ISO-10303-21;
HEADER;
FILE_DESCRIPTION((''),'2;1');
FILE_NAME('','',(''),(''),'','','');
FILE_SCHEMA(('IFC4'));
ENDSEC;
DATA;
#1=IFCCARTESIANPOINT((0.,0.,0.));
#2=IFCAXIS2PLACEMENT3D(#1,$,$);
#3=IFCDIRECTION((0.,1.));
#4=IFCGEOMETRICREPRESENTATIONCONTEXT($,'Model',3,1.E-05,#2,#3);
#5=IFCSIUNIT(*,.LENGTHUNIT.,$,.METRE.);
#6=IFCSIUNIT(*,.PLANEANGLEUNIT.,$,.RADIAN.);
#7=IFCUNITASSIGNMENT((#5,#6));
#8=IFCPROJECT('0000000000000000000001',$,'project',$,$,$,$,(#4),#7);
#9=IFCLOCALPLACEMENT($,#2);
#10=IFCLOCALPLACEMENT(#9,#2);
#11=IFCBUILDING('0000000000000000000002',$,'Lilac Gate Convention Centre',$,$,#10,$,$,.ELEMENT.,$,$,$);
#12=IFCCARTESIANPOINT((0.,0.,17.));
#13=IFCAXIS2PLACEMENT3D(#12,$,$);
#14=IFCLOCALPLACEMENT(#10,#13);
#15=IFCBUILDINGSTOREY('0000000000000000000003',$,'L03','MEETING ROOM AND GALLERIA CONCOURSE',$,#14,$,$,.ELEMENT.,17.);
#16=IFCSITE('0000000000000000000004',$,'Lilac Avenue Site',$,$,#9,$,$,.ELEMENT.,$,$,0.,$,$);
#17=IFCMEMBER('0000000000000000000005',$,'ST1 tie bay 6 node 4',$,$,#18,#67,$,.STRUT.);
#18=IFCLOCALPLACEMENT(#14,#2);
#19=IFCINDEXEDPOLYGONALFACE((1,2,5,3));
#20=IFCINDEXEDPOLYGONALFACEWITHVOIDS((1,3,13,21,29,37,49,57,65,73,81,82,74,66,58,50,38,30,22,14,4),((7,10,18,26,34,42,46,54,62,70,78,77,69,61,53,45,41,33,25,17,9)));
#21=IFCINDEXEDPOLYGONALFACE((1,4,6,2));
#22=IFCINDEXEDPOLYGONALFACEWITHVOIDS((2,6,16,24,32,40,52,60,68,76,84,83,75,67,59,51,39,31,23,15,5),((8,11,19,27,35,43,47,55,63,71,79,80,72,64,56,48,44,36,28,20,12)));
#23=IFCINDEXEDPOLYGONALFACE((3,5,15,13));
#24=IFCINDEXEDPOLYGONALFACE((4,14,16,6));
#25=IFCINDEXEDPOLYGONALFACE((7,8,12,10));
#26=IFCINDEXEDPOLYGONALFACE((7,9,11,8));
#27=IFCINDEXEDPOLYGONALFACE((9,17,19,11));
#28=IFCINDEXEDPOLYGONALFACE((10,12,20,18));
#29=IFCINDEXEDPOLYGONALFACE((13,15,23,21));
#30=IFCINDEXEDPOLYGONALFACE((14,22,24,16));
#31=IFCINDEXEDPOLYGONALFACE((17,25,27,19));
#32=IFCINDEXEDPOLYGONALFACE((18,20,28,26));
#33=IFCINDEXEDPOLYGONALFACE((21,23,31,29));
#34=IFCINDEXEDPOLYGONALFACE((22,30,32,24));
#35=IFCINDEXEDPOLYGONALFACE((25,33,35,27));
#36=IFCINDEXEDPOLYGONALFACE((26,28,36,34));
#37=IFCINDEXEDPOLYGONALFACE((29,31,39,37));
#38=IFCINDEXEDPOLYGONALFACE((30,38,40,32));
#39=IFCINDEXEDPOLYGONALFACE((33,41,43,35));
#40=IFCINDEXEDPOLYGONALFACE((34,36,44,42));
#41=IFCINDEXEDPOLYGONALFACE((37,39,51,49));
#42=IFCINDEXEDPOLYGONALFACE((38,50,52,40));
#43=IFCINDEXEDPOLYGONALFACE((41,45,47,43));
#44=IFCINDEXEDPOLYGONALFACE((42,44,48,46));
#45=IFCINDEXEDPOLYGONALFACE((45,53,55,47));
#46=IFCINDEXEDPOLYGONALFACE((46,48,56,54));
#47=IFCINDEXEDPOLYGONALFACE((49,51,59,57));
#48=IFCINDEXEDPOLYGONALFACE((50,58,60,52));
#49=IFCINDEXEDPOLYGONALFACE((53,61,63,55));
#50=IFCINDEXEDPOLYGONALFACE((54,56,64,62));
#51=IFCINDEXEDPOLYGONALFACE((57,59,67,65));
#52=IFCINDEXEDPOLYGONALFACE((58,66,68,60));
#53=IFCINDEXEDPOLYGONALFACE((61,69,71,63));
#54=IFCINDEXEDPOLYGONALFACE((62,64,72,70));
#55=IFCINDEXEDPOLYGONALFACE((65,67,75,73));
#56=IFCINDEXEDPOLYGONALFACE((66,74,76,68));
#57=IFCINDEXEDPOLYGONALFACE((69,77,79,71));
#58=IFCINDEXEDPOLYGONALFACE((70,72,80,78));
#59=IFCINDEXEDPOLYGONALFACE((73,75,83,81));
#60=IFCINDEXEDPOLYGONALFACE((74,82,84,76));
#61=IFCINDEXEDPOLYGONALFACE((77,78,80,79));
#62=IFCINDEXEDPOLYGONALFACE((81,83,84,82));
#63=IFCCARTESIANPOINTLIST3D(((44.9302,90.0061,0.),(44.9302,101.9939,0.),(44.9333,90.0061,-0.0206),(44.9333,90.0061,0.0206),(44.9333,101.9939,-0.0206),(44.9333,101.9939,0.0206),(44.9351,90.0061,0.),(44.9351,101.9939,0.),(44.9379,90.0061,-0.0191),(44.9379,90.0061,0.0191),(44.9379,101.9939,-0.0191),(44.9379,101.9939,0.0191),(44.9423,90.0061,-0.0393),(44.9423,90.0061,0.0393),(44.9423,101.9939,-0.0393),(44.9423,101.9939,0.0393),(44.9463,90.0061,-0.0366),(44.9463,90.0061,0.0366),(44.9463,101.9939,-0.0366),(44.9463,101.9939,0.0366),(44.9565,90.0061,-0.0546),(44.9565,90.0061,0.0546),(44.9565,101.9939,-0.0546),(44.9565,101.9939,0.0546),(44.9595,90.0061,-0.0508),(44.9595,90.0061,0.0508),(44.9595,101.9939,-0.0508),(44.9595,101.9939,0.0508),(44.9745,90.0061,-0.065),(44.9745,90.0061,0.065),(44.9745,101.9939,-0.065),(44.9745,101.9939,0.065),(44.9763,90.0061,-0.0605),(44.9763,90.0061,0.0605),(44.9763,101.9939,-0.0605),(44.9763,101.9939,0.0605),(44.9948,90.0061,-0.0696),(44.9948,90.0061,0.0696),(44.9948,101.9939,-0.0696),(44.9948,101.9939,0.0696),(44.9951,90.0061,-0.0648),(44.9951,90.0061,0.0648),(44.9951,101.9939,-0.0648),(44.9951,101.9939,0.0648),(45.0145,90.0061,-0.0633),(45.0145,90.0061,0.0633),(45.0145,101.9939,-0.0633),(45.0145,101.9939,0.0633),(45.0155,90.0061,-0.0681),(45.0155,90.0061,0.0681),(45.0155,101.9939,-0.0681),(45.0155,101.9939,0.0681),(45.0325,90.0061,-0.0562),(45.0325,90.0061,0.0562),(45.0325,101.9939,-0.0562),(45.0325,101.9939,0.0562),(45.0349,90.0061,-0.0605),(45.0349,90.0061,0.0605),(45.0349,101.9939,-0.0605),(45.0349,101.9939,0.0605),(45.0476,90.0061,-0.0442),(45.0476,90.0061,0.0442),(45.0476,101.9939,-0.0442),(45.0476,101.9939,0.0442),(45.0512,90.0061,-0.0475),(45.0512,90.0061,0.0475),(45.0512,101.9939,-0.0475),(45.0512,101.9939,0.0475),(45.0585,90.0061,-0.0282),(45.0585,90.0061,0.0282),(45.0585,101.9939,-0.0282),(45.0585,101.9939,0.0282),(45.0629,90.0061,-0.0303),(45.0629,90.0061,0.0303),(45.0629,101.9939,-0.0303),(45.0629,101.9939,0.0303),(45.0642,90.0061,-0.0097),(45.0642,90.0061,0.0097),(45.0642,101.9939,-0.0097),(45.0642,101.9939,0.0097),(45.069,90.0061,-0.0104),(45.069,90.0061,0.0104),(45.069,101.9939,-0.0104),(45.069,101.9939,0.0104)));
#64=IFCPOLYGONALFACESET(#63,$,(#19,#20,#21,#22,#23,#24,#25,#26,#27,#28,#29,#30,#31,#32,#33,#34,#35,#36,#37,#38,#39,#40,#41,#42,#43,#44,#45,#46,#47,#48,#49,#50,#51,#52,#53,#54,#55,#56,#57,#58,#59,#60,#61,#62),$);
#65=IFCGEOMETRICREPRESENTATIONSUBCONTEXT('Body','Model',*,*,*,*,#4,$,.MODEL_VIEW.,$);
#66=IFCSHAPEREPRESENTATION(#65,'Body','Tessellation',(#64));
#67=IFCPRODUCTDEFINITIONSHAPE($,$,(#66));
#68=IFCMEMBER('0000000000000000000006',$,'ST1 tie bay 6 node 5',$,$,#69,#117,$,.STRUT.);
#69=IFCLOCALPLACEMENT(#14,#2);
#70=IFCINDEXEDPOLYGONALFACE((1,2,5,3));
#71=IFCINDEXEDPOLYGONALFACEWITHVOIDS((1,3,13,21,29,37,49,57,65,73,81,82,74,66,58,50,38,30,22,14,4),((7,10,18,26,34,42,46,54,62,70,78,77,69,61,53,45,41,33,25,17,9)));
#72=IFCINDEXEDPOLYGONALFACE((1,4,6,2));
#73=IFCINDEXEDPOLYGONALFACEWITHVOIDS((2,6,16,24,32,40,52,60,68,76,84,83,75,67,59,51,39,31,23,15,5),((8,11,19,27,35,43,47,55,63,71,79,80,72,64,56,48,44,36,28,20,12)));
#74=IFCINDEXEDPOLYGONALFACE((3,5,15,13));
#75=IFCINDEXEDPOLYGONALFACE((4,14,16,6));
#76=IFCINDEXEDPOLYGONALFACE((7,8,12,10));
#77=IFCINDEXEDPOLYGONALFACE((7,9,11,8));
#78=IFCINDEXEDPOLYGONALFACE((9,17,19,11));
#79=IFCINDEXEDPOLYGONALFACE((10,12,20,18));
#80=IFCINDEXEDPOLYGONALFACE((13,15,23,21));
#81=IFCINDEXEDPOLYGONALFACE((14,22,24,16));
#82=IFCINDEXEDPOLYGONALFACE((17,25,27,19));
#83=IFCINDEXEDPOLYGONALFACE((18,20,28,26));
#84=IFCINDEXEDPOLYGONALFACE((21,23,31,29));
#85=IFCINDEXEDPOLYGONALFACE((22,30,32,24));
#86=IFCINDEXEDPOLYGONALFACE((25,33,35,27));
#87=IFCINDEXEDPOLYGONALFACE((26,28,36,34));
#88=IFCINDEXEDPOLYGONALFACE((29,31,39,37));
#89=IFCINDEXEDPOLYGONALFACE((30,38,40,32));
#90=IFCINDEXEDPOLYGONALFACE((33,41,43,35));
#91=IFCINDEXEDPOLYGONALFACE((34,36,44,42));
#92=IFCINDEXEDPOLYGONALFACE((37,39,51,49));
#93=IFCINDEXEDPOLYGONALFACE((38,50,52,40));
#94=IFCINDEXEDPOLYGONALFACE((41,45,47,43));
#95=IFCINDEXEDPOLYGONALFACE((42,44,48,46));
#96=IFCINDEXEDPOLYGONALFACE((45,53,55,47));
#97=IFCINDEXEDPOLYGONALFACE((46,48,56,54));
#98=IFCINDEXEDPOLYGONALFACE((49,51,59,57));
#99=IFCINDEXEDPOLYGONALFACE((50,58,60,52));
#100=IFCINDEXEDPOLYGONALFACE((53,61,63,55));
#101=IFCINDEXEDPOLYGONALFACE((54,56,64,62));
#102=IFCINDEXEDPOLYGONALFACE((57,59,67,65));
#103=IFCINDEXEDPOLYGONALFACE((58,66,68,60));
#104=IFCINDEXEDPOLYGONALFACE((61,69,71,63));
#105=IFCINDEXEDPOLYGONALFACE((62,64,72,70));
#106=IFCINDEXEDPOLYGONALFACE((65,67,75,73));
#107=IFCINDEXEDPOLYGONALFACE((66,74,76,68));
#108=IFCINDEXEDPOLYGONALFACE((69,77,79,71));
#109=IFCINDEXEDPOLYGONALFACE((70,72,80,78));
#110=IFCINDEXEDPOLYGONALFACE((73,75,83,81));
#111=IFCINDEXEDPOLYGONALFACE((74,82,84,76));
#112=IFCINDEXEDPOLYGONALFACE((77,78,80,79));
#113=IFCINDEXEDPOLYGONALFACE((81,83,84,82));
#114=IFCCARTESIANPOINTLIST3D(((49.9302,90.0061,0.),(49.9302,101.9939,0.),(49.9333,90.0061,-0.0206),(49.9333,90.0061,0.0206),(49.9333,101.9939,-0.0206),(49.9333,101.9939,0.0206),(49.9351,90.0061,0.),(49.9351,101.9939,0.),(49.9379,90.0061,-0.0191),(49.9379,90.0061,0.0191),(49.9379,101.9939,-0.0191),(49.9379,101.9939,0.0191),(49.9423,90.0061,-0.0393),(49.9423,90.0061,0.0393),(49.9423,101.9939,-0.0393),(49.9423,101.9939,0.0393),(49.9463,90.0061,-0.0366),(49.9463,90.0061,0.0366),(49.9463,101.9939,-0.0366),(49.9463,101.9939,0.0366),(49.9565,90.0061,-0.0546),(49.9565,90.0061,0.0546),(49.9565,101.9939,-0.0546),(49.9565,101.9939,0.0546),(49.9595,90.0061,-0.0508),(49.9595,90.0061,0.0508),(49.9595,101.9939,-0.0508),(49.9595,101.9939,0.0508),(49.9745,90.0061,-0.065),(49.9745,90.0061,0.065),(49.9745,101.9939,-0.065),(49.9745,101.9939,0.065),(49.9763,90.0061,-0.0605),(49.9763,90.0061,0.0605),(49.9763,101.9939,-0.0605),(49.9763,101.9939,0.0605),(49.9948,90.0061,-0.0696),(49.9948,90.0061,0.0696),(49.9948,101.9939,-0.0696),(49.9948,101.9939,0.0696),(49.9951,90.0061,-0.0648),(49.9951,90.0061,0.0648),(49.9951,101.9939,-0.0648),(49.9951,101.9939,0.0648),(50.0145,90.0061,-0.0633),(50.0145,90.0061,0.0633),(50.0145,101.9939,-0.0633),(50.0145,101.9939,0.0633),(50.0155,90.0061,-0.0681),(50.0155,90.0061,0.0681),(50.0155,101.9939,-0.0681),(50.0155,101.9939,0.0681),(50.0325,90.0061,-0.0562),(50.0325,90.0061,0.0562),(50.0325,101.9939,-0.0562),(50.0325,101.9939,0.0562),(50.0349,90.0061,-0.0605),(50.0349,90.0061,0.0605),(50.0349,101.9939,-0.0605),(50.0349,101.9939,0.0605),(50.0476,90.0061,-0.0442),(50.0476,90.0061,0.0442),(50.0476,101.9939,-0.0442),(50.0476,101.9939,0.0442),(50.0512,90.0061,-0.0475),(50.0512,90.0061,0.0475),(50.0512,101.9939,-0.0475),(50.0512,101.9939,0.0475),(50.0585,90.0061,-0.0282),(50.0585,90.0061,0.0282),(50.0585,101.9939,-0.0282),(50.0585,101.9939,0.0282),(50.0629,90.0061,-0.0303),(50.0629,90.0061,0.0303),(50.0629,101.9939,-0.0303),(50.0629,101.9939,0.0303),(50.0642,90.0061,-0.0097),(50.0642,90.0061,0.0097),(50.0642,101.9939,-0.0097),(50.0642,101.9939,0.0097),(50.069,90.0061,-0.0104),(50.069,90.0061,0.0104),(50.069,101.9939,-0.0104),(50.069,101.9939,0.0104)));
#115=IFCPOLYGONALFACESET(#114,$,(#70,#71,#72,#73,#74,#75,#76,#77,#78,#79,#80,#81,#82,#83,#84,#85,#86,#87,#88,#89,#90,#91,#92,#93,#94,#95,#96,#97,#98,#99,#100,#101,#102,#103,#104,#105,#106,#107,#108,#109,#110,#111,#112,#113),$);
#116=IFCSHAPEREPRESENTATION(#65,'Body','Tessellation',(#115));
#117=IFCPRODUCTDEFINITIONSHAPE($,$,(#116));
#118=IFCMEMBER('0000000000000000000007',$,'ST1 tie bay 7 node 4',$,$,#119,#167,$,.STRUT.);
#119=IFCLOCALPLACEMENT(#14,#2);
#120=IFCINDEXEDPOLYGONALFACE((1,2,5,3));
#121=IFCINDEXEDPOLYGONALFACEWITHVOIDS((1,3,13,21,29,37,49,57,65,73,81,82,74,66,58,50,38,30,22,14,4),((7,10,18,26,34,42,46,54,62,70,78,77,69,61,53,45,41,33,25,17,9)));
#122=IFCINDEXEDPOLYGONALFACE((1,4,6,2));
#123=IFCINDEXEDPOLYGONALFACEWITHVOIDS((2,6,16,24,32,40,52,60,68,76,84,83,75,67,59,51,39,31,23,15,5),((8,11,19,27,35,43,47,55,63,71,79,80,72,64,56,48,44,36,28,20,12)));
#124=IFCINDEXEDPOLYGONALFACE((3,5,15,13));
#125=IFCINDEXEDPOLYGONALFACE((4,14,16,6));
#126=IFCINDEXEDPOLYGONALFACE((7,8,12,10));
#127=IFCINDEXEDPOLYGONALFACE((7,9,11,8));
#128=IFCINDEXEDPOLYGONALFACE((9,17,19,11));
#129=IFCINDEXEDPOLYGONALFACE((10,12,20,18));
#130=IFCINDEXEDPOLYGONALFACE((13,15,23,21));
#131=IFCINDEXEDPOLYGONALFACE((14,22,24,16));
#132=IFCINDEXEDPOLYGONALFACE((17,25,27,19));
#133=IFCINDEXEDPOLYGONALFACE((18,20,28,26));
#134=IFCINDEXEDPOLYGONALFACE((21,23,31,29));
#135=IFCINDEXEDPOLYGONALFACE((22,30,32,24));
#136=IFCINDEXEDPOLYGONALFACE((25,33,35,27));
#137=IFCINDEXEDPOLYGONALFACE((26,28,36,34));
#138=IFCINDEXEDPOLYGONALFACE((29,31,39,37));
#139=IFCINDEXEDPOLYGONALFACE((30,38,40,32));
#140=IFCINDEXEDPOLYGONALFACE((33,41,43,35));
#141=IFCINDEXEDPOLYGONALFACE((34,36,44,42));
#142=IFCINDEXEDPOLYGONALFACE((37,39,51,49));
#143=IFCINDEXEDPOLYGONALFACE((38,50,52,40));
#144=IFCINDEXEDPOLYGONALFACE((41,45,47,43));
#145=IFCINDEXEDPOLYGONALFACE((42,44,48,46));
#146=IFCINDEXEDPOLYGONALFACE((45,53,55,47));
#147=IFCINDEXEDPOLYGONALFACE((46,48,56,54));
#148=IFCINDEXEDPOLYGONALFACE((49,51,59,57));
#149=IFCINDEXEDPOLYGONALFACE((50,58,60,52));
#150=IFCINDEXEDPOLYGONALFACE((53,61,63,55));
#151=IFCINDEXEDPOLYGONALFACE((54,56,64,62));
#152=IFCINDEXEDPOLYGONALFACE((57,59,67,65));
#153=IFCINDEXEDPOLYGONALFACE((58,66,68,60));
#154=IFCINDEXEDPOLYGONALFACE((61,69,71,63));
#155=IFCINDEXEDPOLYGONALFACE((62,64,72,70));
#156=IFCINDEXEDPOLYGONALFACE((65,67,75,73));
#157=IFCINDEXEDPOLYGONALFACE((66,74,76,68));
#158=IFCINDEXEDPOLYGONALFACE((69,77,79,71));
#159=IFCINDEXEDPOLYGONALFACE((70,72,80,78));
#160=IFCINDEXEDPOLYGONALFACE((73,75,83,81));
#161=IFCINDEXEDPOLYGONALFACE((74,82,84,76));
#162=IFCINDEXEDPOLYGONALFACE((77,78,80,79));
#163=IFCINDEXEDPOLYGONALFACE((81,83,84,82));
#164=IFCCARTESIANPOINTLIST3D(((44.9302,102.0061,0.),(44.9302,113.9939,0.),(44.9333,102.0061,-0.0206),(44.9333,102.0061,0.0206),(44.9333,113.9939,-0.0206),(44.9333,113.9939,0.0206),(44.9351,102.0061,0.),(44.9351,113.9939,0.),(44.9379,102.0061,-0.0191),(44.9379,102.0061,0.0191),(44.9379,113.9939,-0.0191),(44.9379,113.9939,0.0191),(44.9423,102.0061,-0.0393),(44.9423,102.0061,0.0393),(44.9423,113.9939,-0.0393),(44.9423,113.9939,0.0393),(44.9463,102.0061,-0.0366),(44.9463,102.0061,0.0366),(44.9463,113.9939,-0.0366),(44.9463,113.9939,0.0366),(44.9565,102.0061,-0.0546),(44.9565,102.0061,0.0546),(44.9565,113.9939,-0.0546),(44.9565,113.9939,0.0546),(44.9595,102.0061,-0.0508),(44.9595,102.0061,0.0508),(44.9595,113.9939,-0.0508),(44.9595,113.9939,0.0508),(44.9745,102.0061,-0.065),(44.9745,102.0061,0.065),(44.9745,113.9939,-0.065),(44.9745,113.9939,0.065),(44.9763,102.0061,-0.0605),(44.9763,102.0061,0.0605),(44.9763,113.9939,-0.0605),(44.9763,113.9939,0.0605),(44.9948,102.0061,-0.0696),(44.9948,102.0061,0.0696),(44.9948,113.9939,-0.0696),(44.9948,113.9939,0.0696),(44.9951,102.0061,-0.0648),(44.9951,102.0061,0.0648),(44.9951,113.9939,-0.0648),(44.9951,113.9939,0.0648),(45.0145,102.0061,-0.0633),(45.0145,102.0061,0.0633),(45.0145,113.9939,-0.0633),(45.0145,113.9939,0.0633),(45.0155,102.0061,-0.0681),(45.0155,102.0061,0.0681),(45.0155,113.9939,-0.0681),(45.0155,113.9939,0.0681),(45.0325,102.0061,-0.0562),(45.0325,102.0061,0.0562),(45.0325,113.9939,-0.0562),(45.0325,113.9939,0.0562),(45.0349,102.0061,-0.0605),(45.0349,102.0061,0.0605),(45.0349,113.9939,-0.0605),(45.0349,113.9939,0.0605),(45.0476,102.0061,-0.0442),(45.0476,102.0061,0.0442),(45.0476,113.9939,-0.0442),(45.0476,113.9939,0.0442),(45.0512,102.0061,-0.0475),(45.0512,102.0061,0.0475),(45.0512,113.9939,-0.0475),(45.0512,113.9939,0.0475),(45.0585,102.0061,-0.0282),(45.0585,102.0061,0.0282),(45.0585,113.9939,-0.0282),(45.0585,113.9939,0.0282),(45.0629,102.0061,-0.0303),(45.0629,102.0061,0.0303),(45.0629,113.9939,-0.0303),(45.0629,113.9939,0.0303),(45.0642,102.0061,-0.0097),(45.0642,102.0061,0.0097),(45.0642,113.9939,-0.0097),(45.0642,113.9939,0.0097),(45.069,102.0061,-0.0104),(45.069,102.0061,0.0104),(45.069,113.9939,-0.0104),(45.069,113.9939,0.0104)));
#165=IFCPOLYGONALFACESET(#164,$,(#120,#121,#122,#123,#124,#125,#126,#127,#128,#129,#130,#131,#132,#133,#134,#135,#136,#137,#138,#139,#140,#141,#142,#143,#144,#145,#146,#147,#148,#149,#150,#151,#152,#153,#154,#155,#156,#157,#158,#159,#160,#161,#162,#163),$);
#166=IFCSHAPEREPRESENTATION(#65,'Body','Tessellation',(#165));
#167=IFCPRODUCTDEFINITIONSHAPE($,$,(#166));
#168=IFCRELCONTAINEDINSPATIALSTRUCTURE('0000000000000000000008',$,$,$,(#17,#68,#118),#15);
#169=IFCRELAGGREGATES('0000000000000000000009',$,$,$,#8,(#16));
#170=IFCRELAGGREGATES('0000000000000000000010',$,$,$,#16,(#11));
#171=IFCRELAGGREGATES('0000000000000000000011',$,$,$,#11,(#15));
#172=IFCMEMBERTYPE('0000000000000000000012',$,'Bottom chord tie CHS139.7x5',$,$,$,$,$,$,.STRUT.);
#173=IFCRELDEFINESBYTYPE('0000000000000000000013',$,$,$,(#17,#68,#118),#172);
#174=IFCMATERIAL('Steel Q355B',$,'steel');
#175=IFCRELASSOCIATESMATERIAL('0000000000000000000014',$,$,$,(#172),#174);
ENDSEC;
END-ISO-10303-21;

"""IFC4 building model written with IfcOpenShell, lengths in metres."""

from ifc_helpers import new_model, si_unit, direction, frame, origin, origin_2d, place, context, subcontext, project, spatial, hollow_circle, extrude, material, material_profile, profile_set, type_object, element, save


model = new_model("IFC4")

# Units and contexts
model_context = context("Model", 3, precision=1e-05, world=origin(), true_north=direction((0.0, 1.0)))
body_context = subcontext(model_context, "Body", "Model", "MODEL_VIEW")
ifc_project = project(units=[si_unit("LENGTHUNIT", "METRE"), si_unit("PLANEANGLEUNIT", "RADIAN")], contexts=[model_context])

# Site, building, storey
site_placement = place(None, origin())
site = spatial("IfcSite", under=ifc_project, at=site_placement, Name="Lilac Avenue Site", CompositionType="ELEMENT", RefElevation=0.0)
building_placement = place(site_placement, origin())
building = spatial("IfcBuilding", under=site, at=building_placement, Name="Lilac Gate Convention Centre", CompositionType="ELEMENT")
storey_placement = place(building_placement, frame((0.0, 0.0, 17.0)))
storey = spatial("IfcBuildingStorey", under=building, at=storey_placement, Name="L03", Description="MEETING ROOM AND GALLERIA CONCOURSE", CompositionType="ELEMENT", Elevation=17.0)

# Members
ifc_material = material(Name="Steel Q355B", Category="steel")
ifc_material_profile_1 = material_profile(ifc_material, hollow_circle(Radius=0.0698, WallThickness=0.0049, at=origin_2d()), Name="CHS139.7x5")
ifc_profile_set_1 = profile_set([ifc_material_profile_1], Name="Steel Q355B")
member_type_1 = type_object("IfcMemberType", Name="Bottom chord tie CHS139.7x5", PredefinedType="STRUT", material=ifc_profile_set_1)
for number, where, z_axis, x_axis, name in (
    (1, (45.0, 90.0061, 0.0), (0.0, 1.0, 0.0), (-1.0, 0.0, 0.0), "ST1 tie bay 6 node 4"),
    (2, (50.0, 90.0061, 0.0), (0.0, 1.0, 0.0), (-1.0, 0.0, 0.0), "ST1 tie bay 6 node 5"),
    (3, (45.0, 102.0061, 0.0), (0.0, 1.0, 0.0), (-1.0, 0.0, 0.0), "ST1 tie bay 7 node 4"),
):
    element("IfcMember", number, at=place(storey_placement, frame(where, z_axis=z_axis, x_axis=x_axis)), inside=storey, type_object=member_type_1, Name=name, PredefinedType="STRUT", context=body_context, shape_type="SweptSolid", body=[
        extrude(hollow_circle(Radius=0.0698, WallThickness=0.0049, at=origin_2d()), origin(), (0.0, 0.0, 1.0), 11.9878),
    ])

save(model, "model.ifc")
